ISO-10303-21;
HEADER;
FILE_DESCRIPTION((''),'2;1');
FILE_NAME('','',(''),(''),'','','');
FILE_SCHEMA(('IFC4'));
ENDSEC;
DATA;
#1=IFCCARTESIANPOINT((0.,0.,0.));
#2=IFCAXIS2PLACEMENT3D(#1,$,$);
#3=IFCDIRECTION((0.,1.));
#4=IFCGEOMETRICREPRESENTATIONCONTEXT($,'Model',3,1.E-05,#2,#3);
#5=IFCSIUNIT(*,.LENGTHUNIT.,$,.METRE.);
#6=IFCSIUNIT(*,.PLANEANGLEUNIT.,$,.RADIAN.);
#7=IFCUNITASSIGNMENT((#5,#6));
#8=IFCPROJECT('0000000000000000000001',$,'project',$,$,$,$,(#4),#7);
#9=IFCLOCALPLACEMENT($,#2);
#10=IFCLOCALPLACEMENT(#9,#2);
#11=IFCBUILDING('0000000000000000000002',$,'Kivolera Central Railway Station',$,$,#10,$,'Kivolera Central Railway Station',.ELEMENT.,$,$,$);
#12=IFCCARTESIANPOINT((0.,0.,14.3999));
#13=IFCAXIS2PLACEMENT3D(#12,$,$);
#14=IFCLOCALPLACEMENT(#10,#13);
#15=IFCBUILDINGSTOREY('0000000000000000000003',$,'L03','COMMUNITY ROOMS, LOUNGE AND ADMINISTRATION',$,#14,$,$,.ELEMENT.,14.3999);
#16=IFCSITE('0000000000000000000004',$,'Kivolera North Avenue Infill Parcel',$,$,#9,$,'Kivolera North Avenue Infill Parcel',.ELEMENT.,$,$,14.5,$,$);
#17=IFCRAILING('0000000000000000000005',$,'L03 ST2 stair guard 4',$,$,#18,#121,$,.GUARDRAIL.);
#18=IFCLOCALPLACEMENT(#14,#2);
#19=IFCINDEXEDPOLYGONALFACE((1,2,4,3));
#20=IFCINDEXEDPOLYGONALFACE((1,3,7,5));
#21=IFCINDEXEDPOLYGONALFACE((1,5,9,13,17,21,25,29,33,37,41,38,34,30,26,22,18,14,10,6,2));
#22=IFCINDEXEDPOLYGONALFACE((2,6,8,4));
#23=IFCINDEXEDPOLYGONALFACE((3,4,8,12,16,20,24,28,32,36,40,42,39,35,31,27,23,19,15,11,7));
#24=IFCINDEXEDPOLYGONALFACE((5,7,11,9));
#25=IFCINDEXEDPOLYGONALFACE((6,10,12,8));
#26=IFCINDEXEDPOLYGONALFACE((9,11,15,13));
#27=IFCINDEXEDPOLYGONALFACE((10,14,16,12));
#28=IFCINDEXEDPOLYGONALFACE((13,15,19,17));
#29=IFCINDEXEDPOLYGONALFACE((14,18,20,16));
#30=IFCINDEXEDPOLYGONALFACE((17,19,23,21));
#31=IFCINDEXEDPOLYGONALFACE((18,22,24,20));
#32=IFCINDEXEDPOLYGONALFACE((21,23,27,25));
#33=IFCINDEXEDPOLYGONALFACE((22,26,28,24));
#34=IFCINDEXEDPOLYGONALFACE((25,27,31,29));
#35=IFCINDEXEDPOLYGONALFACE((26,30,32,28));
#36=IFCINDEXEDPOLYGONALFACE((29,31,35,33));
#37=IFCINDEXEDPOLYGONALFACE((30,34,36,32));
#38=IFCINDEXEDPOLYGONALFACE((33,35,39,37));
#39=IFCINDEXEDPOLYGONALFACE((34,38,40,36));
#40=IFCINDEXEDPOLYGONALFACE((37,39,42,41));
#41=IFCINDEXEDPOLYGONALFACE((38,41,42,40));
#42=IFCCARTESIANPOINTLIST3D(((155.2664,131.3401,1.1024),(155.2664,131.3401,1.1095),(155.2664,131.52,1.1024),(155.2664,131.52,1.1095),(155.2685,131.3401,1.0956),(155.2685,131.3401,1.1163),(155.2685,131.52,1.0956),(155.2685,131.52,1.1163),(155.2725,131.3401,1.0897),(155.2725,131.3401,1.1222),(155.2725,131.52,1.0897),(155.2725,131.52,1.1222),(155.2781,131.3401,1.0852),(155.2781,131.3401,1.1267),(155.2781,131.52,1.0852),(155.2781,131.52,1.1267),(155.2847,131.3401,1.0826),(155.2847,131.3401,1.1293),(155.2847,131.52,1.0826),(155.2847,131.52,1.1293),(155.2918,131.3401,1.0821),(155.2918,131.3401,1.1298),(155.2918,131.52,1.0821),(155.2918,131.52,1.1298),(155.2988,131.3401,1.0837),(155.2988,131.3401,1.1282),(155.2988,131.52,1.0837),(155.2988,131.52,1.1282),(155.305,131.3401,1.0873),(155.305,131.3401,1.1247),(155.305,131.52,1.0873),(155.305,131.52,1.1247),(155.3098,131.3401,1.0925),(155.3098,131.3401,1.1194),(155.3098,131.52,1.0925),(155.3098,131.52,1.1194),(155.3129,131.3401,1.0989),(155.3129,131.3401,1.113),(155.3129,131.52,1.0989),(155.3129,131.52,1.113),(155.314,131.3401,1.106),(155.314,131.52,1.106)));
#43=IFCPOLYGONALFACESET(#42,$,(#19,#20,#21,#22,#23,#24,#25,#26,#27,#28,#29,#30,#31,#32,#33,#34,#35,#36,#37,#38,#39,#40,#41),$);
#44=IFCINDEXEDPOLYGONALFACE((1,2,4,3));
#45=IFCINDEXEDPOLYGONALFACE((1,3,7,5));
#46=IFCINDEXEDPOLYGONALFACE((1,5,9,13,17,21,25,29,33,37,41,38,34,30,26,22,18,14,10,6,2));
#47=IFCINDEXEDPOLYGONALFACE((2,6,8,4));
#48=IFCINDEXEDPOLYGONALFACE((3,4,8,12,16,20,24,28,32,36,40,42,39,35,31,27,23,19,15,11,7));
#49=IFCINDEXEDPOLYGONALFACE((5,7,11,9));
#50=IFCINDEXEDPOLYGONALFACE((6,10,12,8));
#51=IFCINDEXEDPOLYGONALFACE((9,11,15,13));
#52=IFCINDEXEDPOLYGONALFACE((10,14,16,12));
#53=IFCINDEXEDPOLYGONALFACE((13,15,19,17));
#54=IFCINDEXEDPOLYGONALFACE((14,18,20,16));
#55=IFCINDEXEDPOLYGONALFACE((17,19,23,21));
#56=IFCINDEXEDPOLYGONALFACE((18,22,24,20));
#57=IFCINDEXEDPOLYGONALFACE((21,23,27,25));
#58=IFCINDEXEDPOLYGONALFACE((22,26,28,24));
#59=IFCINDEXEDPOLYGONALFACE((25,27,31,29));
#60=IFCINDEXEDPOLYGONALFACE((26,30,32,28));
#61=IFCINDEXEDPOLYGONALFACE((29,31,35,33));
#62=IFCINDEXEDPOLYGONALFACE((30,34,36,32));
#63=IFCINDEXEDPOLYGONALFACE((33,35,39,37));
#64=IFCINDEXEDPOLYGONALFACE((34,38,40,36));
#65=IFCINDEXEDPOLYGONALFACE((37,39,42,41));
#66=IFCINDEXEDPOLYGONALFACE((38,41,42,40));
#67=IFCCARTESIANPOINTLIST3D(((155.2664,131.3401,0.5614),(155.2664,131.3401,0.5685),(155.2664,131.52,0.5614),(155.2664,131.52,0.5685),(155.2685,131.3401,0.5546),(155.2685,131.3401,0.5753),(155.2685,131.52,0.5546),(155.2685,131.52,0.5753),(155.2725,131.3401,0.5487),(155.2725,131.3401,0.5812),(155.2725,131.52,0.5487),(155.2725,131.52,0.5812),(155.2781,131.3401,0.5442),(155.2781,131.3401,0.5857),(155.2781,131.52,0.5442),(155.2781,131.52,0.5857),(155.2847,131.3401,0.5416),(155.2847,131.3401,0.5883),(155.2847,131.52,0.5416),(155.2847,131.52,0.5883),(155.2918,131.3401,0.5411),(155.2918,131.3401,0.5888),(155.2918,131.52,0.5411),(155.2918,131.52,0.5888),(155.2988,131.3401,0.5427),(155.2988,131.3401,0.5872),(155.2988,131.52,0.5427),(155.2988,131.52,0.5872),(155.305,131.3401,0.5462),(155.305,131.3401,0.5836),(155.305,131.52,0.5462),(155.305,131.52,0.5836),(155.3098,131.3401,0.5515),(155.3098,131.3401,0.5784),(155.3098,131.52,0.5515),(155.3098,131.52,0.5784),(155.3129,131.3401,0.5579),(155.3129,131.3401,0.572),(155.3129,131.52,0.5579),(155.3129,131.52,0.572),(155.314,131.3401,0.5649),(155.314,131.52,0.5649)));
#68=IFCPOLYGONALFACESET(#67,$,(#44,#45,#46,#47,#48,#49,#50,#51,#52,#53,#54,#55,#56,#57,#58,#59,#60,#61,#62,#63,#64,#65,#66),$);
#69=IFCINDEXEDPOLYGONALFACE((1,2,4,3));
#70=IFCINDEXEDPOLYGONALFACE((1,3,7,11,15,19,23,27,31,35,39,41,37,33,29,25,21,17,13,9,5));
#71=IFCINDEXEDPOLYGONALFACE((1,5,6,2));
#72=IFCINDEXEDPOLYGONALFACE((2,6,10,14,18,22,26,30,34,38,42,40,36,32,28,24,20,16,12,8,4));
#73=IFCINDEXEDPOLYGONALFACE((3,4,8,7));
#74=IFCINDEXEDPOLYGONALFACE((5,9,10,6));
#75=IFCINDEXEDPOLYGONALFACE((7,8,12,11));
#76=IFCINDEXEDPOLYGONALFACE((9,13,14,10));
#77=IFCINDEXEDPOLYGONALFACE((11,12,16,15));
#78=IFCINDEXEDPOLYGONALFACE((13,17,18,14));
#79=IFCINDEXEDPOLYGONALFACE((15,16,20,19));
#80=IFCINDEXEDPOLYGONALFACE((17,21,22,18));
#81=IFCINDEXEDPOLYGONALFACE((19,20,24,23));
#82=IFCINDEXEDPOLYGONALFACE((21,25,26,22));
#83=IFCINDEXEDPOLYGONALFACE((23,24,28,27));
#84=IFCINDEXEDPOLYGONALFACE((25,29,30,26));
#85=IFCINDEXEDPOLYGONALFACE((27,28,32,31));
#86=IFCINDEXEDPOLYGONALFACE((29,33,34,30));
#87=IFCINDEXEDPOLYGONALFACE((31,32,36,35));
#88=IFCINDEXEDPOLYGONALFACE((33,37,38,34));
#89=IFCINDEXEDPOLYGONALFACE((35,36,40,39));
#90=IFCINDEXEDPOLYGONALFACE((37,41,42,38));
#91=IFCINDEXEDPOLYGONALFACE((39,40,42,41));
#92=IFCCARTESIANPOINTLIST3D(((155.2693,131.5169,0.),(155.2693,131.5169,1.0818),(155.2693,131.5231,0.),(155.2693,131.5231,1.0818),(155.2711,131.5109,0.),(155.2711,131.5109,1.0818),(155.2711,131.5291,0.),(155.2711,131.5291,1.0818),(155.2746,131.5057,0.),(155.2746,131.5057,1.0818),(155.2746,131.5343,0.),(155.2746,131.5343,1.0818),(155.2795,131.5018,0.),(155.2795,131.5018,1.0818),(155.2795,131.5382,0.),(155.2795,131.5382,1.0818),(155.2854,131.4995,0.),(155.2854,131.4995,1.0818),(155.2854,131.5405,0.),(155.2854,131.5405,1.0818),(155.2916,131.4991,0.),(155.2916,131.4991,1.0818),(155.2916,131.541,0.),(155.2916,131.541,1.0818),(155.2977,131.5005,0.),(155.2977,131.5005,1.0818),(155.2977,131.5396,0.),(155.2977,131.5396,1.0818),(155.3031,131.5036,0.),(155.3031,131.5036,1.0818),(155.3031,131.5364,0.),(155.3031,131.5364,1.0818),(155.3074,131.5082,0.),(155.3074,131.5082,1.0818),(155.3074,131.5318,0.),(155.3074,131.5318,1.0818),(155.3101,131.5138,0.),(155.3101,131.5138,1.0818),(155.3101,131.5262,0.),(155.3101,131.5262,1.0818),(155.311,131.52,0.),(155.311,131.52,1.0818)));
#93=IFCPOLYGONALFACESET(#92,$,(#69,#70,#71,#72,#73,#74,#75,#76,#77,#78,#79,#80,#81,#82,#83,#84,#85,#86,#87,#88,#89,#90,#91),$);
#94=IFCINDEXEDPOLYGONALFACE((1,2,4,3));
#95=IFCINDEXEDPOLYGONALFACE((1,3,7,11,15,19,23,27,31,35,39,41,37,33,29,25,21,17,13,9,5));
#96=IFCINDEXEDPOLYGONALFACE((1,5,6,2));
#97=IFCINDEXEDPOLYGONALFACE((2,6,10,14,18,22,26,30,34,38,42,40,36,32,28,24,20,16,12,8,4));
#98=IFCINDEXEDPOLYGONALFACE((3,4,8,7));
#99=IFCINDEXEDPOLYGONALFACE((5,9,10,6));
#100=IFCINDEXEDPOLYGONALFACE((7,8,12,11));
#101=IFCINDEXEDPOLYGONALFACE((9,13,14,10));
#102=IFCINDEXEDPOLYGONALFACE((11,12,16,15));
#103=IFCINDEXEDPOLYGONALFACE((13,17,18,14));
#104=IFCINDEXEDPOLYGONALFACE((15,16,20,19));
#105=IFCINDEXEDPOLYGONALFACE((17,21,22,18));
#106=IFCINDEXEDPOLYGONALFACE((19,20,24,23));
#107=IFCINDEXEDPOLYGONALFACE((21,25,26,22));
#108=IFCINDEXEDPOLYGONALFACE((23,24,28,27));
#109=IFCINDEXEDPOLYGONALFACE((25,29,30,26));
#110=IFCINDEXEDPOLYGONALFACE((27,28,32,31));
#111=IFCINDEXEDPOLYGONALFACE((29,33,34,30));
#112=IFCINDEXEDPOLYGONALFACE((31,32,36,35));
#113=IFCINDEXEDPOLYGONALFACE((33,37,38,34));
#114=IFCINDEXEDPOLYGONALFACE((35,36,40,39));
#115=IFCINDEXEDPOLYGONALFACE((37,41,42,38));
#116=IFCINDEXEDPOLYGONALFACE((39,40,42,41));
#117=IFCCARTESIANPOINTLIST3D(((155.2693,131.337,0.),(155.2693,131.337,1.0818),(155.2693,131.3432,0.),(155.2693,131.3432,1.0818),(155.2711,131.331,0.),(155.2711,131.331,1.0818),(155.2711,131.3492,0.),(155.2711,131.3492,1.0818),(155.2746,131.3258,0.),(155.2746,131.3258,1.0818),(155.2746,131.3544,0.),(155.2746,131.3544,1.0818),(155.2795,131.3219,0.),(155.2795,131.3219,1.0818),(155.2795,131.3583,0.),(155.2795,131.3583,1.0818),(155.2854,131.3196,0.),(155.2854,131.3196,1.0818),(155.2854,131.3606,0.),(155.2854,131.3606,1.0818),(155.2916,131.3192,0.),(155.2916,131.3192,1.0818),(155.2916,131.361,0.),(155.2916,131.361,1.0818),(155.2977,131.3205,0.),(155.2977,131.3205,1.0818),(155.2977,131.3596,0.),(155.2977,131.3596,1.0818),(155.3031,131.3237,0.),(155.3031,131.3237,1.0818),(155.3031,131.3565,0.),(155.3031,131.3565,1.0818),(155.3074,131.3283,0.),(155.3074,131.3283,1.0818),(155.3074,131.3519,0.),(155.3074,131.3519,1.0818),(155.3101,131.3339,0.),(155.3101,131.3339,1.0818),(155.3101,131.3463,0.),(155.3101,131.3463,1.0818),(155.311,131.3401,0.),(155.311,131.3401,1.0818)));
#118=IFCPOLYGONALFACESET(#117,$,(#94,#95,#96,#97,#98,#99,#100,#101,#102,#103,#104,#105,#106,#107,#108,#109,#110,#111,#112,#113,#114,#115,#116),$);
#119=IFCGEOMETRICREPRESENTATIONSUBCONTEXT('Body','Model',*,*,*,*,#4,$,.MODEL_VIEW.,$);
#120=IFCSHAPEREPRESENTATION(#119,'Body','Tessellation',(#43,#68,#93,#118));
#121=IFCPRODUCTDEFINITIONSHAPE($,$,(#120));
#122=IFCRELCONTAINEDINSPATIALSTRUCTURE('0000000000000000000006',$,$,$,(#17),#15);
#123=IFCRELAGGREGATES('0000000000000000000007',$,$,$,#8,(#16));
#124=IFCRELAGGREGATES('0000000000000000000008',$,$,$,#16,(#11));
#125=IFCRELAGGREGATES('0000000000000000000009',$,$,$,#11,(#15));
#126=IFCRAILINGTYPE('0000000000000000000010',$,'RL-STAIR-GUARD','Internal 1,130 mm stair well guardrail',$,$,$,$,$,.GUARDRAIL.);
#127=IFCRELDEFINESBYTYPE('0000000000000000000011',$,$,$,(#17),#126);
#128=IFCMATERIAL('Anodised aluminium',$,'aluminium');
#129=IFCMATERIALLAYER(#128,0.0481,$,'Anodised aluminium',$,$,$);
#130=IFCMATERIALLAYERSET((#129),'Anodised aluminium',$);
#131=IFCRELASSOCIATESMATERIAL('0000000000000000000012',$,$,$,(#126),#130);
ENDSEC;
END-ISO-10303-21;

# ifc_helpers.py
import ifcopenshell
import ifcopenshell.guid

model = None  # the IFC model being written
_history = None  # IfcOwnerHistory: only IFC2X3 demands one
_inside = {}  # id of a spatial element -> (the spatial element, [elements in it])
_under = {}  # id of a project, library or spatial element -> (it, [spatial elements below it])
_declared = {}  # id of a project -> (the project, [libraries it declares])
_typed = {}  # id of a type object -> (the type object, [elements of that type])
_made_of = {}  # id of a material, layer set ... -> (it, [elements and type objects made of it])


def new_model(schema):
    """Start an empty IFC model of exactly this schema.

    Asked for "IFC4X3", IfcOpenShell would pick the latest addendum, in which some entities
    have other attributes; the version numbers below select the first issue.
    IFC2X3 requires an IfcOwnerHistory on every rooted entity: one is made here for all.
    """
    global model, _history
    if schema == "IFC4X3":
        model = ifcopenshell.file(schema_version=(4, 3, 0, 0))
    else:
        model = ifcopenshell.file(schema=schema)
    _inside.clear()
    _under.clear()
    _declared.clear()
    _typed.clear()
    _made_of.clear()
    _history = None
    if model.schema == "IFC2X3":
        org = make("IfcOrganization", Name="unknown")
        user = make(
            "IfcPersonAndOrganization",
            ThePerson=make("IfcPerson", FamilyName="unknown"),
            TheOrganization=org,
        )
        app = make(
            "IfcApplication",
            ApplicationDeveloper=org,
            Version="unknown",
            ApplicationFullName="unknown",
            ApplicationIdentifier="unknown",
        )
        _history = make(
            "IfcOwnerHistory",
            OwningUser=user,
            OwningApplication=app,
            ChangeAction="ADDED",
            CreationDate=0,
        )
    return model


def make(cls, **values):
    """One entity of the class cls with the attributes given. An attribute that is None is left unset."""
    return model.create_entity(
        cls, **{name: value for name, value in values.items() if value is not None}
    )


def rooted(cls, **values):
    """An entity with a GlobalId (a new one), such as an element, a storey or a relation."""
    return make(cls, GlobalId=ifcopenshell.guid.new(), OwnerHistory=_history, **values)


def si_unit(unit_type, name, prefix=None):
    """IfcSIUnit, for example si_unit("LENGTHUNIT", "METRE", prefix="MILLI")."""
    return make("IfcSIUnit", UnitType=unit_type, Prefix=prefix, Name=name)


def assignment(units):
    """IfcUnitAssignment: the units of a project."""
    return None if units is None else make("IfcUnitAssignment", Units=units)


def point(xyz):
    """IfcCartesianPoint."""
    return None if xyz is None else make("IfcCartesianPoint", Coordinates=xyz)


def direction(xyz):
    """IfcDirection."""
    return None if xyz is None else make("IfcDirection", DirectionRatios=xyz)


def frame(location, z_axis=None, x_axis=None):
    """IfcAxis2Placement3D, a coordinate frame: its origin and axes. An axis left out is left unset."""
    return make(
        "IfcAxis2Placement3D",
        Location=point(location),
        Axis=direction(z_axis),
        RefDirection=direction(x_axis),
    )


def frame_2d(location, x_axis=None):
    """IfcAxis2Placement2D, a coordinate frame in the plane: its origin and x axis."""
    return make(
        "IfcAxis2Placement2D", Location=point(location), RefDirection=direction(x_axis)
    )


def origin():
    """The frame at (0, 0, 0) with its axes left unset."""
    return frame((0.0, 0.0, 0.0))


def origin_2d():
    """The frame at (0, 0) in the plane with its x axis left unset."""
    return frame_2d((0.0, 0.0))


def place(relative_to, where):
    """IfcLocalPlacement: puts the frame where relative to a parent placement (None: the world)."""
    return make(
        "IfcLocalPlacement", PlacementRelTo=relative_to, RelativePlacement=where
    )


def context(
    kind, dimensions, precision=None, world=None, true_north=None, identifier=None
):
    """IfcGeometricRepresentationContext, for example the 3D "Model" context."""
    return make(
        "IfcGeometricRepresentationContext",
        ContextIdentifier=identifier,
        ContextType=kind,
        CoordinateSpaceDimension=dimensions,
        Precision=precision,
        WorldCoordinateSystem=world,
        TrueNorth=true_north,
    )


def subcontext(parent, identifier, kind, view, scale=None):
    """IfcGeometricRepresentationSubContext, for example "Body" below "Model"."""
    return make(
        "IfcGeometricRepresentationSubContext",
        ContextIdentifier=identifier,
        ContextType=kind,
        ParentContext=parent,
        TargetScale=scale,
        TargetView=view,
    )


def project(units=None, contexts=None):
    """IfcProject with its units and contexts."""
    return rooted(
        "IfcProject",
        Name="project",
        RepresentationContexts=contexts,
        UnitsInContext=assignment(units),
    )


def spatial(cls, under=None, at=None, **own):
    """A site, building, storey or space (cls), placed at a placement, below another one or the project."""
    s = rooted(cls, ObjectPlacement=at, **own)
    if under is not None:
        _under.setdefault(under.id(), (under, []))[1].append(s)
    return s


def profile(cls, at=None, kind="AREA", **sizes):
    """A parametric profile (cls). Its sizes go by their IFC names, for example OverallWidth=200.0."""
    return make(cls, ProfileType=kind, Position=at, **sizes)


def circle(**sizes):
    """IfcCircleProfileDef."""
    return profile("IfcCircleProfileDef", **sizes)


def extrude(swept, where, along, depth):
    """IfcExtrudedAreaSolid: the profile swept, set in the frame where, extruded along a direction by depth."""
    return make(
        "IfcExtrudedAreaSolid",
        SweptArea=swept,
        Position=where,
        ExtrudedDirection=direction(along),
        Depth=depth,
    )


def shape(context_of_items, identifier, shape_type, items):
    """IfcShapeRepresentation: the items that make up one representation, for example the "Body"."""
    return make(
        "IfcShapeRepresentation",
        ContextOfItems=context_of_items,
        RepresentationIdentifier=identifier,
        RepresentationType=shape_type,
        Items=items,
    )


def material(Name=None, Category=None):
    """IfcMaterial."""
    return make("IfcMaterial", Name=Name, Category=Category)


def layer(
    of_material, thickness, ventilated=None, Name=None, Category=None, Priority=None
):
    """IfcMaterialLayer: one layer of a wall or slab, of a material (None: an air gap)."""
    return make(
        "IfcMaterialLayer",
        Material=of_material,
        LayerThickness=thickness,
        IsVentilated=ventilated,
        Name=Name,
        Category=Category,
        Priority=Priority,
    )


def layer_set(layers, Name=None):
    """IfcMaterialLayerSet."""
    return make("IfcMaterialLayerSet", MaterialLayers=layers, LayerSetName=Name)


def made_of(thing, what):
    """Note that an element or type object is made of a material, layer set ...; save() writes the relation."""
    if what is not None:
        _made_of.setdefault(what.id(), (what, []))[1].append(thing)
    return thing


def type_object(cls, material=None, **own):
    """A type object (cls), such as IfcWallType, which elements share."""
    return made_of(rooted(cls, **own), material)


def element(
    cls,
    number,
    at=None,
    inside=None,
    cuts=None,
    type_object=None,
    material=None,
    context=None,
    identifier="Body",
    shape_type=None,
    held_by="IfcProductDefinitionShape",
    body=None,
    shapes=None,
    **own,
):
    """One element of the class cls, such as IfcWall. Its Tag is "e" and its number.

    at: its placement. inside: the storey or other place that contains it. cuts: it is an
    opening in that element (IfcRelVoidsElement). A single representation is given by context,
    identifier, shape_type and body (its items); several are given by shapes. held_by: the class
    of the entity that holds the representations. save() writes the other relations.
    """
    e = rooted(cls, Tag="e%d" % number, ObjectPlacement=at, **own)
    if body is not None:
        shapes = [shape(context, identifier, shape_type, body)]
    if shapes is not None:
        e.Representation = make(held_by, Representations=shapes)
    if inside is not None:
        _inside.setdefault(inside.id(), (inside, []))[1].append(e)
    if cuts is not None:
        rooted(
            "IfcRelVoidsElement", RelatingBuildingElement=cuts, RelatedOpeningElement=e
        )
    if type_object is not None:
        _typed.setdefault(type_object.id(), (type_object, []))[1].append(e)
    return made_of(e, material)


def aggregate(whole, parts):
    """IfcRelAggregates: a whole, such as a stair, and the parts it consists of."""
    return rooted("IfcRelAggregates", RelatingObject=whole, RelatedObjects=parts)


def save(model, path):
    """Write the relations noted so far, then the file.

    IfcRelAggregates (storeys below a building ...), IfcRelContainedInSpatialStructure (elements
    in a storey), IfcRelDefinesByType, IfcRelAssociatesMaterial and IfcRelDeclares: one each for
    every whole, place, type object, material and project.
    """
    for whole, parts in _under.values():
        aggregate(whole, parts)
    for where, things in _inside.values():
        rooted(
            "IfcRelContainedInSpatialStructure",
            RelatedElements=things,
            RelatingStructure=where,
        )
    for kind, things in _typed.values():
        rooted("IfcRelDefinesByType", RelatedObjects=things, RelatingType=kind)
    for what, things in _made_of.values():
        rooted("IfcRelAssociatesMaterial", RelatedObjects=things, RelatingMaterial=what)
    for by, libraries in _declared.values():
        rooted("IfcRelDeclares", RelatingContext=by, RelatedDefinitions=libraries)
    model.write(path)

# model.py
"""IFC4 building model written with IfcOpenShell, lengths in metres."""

from ifc_helpers import new_model, si_unit, direction, frame, origin, origin_2d, place, context, subcontext, project, spatial, circle, extrude, material, layer, layer_set, type_object, element, save


model = new_model("IFC4")

# Units and contexts
model_context = context("Model", 3, precision=1e-05, world=origin(), true_north=direction((0.0, 1.0)))
body_context = subcontext(model_context, "Body", "Model", "MODEL_VIEW")
ifc_project = project(units=[si_unit("LENGTHUNIT", "METRE"), si_unit("PLANEANGLEUNIT", "RADIAN")], contexts=[model_context])

# Site, building, storey
site_placement = place(None, origin())
site = spatial("IfcSite", under=ifc_project, at=site_placement, Name="Kivolera North Avenue Infill Parcel", LongName="Kivolera North Avenue Infill Parcel", CompositionType="ELEMENT", RefElevation=14.5)
building_placement = place(site_placement, origin())
building = spatial("IfcBuilding", under=site, at=building_placement, Name="Kivolera Central Railway Station", LongName="Kivolera Central Railway Station", CompositionType="ELEMENT")
storey_placement = place(building_placement, frame((0.0, 0.0, 14.3999)))
storey = spatial("IfcBuildingStorey", under=building, at=storey_placement, Name="L03", Description="COMMUNITY ROOMS, LOUNGE AND ADMINISTRATION", CompositionType="ELEMENT", Elevation=14.3999)

# Shared definitions
ifc_material_1 = material(Name="Anodised aluminium", Category="aluminium")

# Railing
ifc_layer_1 = layer(ifc_material_1, 0.0481, Name="Anodised aluminium")
ifc_layer_set_1 = layer_set([ifc_layer_1], Name="Anodised aluminium")
railing_type_1 = type_object("IfcRailingType", Name="RL-STAIR-GUARD", Description="Internal 1,130 mm stair well guardrail", PredefinedType="GUARDRAIL", material=ifc_layer_set_1)
railing_1_placement = place(storey_placement, frame((155.29, 131.52, 0.0)))
element("IfcRailing", 1, at=railing_1_placement, inside=storey, type_object=railing_type_1, Name="L03 ST2 stair guard 4", PredefinedType="GUARDRAIL", context=body_context, shape_type="SweptSolid", body=[
    extrude(circle(Radius=0.0239, at=origin_2d()), frame((0.0, 0.0, 1.106), z_axis=(0.0, -1.0, 0.0), x_axis=(1.0, 0.0, 0.0)), (0.0, 0.0, 1.0), 0.1799),
    extrude(circle(Radius=0.0239, at=origin_2d()), frame((0.0, 0.0, 0.5649), z_axis=(0.0, -1.0, 0.0), x_axis=(1.0, 0.0, 0.0)), (0.0, 0.0, 1.0), 0.1799),
    extrude(circle(Radius=0.021, at=origin_2d()), origin(), (0.0, 0.0, 1.0), 1.0818),
    extrude(circle(Radius=0.021, at=origin_2d()), frame((0.0, -0.1799, 0.0)), (0.0, 0.0, 1.0), 1.0818),
])

save(model, "model.ifc")
